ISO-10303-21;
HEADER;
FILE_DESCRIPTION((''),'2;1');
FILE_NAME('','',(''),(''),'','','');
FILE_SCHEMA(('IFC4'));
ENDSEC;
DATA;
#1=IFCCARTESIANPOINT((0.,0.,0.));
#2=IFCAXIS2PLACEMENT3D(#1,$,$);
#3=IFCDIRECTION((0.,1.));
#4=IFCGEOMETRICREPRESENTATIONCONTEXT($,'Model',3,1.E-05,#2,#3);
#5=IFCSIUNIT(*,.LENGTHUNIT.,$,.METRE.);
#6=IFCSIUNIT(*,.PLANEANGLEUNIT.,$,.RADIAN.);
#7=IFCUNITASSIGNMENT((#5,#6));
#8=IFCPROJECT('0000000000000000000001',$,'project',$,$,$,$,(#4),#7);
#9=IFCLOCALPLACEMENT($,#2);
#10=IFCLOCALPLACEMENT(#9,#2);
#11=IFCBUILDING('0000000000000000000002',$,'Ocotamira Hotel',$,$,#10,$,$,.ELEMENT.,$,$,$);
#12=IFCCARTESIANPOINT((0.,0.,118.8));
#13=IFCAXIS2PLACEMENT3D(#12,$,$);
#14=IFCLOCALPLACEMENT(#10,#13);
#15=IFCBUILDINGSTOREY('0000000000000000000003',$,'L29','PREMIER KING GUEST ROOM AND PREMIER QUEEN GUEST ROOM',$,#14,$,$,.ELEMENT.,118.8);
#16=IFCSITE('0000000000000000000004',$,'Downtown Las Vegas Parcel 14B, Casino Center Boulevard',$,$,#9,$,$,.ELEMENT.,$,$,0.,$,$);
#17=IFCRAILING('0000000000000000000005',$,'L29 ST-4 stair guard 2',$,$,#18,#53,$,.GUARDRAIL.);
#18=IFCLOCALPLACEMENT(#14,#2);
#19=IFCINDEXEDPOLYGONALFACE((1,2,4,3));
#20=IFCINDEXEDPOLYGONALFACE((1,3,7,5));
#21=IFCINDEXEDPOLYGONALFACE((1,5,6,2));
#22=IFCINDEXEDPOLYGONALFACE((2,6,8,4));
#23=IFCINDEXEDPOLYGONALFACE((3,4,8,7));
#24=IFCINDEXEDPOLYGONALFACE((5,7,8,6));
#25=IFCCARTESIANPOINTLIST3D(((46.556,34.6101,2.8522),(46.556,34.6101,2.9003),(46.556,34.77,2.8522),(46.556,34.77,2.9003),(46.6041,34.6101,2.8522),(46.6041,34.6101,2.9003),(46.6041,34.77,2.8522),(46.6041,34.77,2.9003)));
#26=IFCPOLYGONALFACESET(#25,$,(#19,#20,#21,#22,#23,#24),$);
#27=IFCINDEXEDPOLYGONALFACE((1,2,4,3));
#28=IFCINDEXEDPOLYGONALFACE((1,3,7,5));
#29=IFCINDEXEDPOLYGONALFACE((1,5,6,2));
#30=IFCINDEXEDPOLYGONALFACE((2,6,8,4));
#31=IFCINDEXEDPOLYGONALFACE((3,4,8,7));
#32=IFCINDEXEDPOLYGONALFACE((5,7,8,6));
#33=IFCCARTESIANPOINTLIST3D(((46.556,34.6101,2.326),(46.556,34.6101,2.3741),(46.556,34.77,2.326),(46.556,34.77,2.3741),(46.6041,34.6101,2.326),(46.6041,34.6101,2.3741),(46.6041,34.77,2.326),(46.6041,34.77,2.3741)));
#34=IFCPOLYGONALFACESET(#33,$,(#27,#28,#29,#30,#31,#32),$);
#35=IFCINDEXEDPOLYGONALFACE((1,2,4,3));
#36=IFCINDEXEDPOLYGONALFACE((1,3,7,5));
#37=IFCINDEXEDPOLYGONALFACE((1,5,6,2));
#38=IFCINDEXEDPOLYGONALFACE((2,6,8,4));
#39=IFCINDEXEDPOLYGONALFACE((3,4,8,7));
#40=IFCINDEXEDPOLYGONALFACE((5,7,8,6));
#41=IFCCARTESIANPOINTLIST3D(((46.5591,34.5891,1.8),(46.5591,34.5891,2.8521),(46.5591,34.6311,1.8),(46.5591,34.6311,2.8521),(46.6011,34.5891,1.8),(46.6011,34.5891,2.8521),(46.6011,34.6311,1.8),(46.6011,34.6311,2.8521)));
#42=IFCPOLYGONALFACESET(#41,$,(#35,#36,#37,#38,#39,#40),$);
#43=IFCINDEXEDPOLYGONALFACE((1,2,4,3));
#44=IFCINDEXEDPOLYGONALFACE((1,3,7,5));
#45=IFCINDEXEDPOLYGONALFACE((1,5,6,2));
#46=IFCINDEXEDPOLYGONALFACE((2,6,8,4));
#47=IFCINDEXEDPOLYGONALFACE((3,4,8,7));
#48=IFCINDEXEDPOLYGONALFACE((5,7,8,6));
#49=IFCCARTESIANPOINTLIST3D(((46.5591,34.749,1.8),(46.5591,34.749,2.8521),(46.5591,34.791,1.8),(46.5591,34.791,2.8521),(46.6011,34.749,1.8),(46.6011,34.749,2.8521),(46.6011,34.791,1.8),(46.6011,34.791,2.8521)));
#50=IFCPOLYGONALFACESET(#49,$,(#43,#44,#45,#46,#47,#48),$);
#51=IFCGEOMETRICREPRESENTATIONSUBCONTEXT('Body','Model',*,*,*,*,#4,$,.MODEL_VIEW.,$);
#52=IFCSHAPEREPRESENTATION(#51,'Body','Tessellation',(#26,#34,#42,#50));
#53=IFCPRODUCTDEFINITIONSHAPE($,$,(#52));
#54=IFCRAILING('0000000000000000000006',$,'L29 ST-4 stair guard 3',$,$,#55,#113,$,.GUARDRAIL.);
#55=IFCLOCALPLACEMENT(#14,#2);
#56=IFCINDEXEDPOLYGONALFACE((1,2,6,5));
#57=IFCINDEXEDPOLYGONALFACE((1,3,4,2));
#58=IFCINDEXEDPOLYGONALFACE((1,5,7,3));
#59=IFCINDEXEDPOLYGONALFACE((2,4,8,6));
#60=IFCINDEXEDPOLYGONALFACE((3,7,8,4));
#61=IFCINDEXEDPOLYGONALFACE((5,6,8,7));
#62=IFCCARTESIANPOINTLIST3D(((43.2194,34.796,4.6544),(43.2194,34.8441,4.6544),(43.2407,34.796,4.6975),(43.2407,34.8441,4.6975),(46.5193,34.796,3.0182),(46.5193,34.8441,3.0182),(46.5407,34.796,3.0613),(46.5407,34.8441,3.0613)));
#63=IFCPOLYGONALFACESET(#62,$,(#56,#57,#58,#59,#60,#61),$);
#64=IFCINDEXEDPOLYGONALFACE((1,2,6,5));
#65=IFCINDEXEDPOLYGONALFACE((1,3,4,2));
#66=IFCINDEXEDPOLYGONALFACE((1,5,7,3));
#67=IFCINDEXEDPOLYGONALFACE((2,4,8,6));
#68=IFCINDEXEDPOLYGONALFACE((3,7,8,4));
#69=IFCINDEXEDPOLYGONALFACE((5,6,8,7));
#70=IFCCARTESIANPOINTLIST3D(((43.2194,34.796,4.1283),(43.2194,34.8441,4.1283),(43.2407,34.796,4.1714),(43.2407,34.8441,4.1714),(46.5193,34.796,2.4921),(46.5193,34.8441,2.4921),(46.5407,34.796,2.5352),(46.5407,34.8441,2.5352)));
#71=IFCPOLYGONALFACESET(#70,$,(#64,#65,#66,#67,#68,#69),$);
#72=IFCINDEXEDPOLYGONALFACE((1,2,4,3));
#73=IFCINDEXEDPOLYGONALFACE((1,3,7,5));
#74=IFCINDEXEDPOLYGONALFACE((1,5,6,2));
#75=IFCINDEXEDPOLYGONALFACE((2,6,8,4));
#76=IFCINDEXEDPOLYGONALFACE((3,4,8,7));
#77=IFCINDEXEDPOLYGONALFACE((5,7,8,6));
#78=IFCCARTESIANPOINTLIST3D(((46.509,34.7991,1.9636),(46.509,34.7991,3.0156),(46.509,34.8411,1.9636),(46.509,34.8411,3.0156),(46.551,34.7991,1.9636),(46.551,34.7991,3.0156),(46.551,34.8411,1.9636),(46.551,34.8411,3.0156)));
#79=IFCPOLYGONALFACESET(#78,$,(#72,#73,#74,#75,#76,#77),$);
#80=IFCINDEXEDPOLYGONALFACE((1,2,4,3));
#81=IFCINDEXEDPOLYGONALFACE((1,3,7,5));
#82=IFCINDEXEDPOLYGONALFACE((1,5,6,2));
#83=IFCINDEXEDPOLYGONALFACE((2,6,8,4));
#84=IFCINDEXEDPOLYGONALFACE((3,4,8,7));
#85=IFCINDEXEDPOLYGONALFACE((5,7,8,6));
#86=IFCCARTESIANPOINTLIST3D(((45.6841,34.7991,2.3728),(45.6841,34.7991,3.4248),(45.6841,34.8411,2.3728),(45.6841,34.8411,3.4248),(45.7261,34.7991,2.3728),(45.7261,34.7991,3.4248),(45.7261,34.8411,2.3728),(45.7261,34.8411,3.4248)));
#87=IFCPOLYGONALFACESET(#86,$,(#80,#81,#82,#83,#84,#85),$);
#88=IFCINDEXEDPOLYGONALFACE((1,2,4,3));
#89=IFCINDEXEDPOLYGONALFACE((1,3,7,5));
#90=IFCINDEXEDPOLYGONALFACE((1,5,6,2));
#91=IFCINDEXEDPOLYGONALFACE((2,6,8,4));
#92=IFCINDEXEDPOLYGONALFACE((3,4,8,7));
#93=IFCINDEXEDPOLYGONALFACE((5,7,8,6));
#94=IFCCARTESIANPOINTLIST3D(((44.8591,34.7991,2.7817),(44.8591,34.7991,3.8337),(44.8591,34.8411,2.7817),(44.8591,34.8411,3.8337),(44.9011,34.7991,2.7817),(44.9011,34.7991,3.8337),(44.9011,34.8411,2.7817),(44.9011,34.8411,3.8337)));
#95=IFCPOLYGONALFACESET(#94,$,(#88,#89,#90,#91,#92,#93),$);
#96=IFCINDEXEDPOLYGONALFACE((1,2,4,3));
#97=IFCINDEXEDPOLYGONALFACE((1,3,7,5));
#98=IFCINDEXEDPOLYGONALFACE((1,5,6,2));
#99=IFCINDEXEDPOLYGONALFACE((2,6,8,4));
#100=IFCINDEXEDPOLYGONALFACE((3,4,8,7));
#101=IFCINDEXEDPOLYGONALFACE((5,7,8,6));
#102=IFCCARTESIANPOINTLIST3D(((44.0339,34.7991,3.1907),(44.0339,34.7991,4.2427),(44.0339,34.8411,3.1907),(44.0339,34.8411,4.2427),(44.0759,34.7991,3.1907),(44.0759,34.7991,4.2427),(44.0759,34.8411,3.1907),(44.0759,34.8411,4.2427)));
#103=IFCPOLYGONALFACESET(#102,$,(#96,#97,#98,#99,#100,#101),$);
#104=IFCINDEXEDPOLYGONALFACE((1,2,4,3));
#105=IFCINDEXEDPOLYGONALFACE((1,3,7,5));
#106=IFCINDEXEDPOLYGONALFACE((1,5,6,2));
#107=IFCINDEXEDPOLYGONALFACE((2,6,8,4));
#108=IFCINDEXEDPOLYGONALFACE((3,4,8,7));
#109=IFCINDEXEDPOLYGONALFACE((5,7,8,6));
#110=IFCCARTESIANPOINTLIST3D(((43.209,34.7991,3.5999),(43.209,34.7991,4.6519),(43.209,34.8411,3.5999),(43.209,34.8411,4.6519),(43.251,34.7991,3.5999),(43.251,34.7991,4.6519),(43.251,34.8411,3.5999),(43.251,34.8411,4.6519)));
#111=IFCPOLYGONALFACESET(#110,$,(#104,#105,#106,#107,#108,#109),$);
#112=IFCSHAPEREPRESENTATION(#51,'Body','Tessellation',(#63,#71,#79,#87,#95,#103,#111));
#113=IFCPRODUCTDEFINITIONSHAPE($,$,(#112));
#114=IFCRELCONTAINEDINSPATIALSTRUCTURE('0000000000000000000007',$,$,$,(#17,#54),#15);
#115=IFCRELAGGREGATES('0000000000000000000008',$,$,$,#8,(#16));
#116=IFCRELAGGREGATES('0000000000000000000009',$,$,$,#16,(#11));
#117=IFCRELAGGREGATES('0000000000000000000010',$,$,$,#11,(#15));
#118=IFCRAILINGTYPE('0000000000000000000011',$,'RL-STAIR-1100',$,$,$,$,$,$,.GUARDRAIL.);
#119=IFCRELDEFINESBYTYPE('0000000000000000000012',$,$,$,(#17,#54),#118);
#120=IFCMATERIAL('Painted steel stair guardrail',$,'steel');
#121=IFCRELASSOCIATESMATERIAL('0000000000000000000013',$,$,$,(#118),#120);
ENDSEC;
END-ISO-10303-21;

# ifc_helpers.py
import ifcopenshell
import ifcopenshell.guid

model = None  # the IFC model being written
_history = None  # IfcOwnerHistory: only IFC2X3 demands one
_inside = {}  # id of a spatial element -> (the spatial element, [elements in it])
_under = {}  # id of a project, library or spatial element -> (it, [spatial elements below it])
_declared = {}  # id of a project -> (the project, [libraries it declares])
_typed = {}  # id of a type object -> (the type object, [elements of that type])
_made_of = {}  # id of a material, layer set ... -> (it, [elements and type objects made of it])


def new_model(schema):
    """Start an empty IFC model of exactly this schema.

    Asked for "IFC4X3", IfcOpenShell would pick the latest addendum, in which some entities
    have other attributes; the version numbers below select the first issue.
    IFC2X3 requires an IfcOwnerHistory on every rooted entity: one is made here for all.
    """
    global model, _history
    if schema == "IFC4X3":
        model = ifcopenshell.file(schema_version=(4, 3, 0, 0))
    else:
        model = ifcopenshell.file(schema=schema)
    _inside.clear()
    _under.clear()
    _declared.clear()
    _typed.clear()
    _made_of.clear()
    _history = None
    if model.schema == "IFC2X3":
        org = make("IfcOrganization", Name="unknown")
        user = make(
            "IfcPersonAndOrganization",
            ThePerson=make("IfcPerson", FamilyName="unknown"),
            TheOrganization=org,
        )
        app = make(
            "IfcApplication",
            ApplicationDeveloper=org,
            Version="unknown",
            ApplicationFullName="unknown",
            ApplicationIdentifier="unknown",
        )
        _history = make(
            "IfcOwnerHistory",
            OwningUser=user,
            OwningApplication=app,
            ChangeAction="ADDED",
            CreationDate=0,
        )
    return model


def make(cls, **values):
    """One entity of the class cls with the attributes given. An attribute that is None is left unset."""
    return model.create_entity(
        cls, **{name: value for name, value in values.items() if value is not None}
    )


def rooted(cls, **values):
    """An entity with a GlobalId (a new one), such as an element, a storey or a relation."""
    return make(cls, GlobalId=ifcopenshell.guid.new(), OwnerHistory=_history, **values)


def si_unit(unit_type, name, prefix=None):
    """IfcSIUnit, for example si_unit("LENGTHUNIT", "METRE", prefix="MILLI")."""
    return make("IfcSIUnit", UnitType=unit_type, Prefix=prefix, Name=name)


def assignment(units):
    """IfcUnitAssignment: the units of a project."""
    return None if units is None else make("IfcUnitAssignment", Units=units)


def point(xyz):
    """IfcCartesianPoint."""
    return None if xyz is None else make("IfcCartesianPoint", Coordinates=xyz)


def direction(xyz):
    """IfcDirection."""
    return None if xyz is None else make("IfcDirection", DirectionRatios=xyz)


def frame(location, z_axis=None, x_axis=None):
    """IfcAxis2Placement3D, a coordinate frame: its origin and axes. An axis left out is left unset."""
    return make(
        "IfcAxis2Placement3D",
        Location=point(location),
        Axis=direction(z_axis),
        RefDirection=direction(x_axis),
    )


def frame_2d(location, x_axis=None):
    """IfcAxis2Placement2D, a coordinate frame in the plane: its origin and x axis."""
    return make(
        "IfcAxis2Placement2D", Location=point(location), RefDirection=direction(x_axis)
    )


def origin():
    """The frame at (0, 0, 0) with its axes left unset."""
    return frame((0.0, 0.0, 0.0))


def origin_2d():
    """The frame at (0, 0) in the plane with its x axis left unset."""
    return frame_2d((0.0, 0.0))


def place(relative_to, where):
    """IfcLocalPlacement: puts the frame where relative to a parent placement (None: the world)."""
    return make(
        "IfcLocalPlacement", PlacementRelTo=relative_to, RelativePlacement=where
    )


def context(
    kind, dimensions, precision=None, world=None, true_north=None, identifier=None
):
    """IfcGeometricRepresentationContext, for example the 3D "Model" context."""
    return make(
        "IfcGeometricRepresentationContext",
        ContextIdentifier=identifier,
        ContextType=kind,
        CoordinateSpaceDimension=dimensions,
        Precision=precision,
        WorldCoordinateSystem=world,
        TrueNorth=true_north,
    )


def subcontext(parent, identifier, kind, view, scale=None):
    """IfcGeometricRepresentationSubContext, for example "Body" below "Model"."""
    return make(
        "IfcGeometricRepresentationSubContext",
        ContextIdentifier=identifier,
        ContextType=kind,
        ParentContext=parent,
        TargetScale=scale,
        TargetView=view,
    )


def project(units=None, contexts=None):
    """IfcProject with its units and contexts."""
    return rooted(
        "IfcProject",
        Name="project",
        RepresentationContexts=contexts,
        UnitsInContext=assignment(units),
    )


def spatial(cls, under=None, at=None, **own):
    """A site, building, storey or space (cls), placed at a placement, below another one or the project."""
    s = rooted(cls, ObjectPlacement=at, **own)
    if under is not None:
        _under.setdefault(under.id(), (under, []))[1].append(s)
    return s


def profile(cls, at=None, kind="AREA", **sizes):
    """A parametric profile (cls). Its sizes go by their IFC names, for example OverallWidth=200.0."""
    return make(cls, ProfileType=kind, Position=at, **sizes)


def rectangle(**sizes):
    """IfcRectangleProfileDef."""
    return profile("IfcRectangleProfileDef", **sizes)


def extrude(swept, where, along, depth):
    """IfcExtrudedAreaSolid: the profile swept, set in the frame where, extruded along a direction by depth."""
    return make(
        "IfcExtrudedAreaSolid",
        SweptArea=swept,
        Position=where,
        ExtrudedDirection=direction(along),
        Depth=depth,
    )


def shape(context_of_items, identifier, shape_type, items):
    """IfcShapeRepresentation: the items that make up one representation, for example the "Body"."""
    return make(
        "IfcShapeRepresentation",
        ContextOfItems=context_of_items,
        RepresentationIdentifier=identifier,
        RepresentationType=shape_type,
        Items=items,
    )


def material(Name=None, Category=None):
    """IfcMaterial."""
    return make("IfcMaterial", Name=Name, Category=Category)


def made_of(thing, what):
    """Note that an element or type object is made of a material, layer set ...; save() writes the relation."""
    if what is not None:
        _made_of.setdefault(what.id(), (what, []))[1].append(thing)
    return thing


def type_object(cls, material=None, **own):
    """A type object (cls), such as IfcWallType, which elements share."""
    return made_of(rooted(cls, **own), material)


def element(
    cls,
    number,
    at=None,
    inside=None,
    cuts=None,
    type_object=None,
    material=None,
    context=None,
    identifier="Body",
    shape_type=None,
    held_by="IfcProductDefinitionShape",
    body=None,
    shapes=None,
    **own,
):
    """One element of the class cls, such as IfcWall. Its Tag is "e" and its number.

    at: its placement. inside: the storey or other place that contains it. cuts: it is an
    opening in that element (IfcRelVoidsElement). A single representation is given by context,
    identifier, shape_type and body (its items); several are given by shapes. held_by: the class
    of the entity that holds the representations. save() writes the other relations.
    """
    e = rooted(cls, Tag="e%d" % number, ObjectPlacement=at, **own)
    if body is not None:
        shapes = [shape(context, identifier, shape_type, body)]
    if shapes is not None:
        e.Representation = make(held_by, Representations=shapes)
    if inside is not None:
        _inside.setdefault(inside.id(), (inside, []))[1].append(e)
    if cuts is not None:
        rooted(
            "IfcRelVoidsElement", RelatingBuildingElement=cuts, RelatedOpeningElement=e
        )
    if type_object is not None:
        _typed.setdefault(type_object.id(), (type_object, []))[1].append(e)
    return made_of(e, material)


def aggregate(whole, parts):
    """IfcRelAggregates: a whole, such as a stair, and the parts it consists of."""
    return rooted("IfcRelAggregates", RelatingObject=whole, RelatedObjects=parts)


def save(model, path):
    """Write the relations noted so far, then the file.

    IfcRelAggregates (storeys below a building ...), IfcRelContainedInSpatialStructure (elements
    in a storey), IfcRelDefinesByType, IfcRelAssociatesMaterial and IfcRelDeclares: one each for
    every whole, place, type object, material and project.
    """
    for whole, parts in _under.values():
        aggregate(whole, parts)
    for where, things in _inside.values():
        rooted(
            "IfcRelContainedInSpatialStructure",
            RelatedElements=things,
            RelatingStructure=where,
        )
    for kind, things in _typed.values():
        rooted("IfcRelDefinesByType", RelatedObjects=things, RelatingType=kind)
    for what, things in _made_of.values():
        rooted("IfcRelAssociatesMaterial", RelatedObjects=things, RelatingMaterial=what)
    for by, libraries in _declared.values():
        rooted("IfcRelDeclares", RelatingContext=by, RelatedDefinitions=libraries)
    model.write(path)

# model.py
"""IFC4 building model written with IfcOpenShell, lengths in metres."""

from ifc_helpers import new_model, si_unit, direction, frame, origin, origin_2d, place, context, subcontext, project, spatial, rectangle, extrude, material, type_object, element, save


model = new_model("IFC4")

# Units and contexts
model_context = context("Model", 3, precision=1e-05, world=origin(), true_north=direction((0.0, 1.0)))
body_context = subcontext(model_context, "Body", "Model", "MODEL_VIEW")
ifc_project = project(units=[si_unit("LENGTHUNIT", "METRE"), si_unit("PLANEANGLEUNIT", "RADIAN")], contexts=[model_context])

# Site, building, storey
site_placement = place(None, origin())
site = spatial("IfcSite", under=ifc_project, at=site_placement, Name="Downtown Las Vegas Parcel 14B, Casino Center Boulevard", CompositionType="ELEMENT", RefElevation=0.0)
building_placement = place(site_placement, origin())
building = spatial("IfcBuilding", under=site, at=building_placement, Name="Ocotamira Hotel", CompositionType="ELEMENT")
storey_placement = place(building_placement, frame((0.0, 0.0, 118.8)))
storey = spatial("IfcBuildingStorey", under=building, at=storey_placement, Name="L29", Description="PREMIER KING GUEST ROOM AND PREMIER QUEEN GUEST ROOM", CompositionType="ELEMENT", Elevation=118.8)

# Railings
ifc_material_1 = material(Name="Painted steel stair guardrail", Category="steel")
railing_type_1 = type_object("IfcRailingType", Name="RL-STAIR-1100", PredefinedType="GUARDRAIL", material=ifc_material_1)
railing_1_placement = place(storey_placement, frame((46.5801, 34.6101, 1.8)))
element("IfcRailing", 1, at=railing_1_placement, inside=storey, type_object=railing_type_1, Name="L29 ST-4 stair guard 2", PredefinedType="GUARDRAIL", context=body_context, shape_type="SweptSolid", body=[
    extrude(rectangle(XDim=0.0481, YDim=0.0481, at=origin_2d()), frame((0.0, 0.0, 1.0762), z_axis=(0.0, 1.0, 0.0), x_axis=(-1.0, 0.0, 0.0)), (0.0, 0.0, 1.0), 0.1599),
    extrude(rectangle(XDim=0.0481, YDim=0.0481, at=origin_2d()), frame((0.0, 0.0, 0.55), z_axis=(0.0, 1.0, 0.0), x_axis=(-1.0, 0.0, 0.0)), (0.0, 0.0, 1.0), 0.1599),
    extrude(rectangle(XDim=0.042, YDim=0.042, at=origin_2d()), origin(), (0.0, 0.0, 1.0), 1.052),
    extrude(rectangle(XDim=0.042, YDim=0.042, at=origin_2d()), frame((0.0, 0.1599, 0.0)), (0.0, 0.0, 1.0), 1.052),
])
railing_2_placement = place(storey_placement, frame((46.53, 34.8201, 1.9636)))
element("IfcRailing", 2, at=railing_2_placement, inside=storey, type_object=railing_type_1, Name="L29 ST-4 stair guard 3", PredefinedType="GUARDRAIL", context=body_context, shape_type="SweptSolid", body=[
    extrude(rectangle(XDim=0.0481, YDim=0.0481, at=origin_2d()), frame((0.0, 0.0, 1.0762), z_axis=(-0.89592, 0.0, 0.444215), x_axis=(0.0, -1.0, 0.0)), (0.0, 0.0, 1.0), 3.6833),
    extrude(rectangle(XDim=0.0481, YDim=0.0481, at=origin_2d()), frame((0.0, 0.0, 0.55), z_axis=(-0.89592, 0.0, 0.444215), x_axis=(0.0, -1.0, 0.0)), (0.0, 0.0, 1.0), 3.6833),
    extrude(rectangle(XDim=0.042, YDim=0.042, at=origin_2d()), origin(), (0.0, 0.0, 1.0), 1.052),
    extrude(rectangle(XDim=0.042, YDim=0.042, at=origin_2d()), frame((-0.825, 0.0, 0.4092)), (0.0, 0.0, 1.0), 1.052),
    extrude(rectangle(XDim=0.042, YDim=0.042, at=origin_2d()), frame((-1.6499, 0.0, 0.8181)), (0.0, 0.0, 1.0), 1.052),
    extrude(rectangle(XDim=0.042, YDim=0.042, at=origin_2d()), frame((-2.4751, 0.0, 1.2271)), (0.0, 0.0, 1.0), 1.052),
    extrude(rectangle(XDim=0.042, YDim=0.042, at=origin_2d()), frame((-3.3, 0.0, 1.6362)), (0.0, 0.0, 1.0), 1.052),
])

save(model, "model.ifc")
